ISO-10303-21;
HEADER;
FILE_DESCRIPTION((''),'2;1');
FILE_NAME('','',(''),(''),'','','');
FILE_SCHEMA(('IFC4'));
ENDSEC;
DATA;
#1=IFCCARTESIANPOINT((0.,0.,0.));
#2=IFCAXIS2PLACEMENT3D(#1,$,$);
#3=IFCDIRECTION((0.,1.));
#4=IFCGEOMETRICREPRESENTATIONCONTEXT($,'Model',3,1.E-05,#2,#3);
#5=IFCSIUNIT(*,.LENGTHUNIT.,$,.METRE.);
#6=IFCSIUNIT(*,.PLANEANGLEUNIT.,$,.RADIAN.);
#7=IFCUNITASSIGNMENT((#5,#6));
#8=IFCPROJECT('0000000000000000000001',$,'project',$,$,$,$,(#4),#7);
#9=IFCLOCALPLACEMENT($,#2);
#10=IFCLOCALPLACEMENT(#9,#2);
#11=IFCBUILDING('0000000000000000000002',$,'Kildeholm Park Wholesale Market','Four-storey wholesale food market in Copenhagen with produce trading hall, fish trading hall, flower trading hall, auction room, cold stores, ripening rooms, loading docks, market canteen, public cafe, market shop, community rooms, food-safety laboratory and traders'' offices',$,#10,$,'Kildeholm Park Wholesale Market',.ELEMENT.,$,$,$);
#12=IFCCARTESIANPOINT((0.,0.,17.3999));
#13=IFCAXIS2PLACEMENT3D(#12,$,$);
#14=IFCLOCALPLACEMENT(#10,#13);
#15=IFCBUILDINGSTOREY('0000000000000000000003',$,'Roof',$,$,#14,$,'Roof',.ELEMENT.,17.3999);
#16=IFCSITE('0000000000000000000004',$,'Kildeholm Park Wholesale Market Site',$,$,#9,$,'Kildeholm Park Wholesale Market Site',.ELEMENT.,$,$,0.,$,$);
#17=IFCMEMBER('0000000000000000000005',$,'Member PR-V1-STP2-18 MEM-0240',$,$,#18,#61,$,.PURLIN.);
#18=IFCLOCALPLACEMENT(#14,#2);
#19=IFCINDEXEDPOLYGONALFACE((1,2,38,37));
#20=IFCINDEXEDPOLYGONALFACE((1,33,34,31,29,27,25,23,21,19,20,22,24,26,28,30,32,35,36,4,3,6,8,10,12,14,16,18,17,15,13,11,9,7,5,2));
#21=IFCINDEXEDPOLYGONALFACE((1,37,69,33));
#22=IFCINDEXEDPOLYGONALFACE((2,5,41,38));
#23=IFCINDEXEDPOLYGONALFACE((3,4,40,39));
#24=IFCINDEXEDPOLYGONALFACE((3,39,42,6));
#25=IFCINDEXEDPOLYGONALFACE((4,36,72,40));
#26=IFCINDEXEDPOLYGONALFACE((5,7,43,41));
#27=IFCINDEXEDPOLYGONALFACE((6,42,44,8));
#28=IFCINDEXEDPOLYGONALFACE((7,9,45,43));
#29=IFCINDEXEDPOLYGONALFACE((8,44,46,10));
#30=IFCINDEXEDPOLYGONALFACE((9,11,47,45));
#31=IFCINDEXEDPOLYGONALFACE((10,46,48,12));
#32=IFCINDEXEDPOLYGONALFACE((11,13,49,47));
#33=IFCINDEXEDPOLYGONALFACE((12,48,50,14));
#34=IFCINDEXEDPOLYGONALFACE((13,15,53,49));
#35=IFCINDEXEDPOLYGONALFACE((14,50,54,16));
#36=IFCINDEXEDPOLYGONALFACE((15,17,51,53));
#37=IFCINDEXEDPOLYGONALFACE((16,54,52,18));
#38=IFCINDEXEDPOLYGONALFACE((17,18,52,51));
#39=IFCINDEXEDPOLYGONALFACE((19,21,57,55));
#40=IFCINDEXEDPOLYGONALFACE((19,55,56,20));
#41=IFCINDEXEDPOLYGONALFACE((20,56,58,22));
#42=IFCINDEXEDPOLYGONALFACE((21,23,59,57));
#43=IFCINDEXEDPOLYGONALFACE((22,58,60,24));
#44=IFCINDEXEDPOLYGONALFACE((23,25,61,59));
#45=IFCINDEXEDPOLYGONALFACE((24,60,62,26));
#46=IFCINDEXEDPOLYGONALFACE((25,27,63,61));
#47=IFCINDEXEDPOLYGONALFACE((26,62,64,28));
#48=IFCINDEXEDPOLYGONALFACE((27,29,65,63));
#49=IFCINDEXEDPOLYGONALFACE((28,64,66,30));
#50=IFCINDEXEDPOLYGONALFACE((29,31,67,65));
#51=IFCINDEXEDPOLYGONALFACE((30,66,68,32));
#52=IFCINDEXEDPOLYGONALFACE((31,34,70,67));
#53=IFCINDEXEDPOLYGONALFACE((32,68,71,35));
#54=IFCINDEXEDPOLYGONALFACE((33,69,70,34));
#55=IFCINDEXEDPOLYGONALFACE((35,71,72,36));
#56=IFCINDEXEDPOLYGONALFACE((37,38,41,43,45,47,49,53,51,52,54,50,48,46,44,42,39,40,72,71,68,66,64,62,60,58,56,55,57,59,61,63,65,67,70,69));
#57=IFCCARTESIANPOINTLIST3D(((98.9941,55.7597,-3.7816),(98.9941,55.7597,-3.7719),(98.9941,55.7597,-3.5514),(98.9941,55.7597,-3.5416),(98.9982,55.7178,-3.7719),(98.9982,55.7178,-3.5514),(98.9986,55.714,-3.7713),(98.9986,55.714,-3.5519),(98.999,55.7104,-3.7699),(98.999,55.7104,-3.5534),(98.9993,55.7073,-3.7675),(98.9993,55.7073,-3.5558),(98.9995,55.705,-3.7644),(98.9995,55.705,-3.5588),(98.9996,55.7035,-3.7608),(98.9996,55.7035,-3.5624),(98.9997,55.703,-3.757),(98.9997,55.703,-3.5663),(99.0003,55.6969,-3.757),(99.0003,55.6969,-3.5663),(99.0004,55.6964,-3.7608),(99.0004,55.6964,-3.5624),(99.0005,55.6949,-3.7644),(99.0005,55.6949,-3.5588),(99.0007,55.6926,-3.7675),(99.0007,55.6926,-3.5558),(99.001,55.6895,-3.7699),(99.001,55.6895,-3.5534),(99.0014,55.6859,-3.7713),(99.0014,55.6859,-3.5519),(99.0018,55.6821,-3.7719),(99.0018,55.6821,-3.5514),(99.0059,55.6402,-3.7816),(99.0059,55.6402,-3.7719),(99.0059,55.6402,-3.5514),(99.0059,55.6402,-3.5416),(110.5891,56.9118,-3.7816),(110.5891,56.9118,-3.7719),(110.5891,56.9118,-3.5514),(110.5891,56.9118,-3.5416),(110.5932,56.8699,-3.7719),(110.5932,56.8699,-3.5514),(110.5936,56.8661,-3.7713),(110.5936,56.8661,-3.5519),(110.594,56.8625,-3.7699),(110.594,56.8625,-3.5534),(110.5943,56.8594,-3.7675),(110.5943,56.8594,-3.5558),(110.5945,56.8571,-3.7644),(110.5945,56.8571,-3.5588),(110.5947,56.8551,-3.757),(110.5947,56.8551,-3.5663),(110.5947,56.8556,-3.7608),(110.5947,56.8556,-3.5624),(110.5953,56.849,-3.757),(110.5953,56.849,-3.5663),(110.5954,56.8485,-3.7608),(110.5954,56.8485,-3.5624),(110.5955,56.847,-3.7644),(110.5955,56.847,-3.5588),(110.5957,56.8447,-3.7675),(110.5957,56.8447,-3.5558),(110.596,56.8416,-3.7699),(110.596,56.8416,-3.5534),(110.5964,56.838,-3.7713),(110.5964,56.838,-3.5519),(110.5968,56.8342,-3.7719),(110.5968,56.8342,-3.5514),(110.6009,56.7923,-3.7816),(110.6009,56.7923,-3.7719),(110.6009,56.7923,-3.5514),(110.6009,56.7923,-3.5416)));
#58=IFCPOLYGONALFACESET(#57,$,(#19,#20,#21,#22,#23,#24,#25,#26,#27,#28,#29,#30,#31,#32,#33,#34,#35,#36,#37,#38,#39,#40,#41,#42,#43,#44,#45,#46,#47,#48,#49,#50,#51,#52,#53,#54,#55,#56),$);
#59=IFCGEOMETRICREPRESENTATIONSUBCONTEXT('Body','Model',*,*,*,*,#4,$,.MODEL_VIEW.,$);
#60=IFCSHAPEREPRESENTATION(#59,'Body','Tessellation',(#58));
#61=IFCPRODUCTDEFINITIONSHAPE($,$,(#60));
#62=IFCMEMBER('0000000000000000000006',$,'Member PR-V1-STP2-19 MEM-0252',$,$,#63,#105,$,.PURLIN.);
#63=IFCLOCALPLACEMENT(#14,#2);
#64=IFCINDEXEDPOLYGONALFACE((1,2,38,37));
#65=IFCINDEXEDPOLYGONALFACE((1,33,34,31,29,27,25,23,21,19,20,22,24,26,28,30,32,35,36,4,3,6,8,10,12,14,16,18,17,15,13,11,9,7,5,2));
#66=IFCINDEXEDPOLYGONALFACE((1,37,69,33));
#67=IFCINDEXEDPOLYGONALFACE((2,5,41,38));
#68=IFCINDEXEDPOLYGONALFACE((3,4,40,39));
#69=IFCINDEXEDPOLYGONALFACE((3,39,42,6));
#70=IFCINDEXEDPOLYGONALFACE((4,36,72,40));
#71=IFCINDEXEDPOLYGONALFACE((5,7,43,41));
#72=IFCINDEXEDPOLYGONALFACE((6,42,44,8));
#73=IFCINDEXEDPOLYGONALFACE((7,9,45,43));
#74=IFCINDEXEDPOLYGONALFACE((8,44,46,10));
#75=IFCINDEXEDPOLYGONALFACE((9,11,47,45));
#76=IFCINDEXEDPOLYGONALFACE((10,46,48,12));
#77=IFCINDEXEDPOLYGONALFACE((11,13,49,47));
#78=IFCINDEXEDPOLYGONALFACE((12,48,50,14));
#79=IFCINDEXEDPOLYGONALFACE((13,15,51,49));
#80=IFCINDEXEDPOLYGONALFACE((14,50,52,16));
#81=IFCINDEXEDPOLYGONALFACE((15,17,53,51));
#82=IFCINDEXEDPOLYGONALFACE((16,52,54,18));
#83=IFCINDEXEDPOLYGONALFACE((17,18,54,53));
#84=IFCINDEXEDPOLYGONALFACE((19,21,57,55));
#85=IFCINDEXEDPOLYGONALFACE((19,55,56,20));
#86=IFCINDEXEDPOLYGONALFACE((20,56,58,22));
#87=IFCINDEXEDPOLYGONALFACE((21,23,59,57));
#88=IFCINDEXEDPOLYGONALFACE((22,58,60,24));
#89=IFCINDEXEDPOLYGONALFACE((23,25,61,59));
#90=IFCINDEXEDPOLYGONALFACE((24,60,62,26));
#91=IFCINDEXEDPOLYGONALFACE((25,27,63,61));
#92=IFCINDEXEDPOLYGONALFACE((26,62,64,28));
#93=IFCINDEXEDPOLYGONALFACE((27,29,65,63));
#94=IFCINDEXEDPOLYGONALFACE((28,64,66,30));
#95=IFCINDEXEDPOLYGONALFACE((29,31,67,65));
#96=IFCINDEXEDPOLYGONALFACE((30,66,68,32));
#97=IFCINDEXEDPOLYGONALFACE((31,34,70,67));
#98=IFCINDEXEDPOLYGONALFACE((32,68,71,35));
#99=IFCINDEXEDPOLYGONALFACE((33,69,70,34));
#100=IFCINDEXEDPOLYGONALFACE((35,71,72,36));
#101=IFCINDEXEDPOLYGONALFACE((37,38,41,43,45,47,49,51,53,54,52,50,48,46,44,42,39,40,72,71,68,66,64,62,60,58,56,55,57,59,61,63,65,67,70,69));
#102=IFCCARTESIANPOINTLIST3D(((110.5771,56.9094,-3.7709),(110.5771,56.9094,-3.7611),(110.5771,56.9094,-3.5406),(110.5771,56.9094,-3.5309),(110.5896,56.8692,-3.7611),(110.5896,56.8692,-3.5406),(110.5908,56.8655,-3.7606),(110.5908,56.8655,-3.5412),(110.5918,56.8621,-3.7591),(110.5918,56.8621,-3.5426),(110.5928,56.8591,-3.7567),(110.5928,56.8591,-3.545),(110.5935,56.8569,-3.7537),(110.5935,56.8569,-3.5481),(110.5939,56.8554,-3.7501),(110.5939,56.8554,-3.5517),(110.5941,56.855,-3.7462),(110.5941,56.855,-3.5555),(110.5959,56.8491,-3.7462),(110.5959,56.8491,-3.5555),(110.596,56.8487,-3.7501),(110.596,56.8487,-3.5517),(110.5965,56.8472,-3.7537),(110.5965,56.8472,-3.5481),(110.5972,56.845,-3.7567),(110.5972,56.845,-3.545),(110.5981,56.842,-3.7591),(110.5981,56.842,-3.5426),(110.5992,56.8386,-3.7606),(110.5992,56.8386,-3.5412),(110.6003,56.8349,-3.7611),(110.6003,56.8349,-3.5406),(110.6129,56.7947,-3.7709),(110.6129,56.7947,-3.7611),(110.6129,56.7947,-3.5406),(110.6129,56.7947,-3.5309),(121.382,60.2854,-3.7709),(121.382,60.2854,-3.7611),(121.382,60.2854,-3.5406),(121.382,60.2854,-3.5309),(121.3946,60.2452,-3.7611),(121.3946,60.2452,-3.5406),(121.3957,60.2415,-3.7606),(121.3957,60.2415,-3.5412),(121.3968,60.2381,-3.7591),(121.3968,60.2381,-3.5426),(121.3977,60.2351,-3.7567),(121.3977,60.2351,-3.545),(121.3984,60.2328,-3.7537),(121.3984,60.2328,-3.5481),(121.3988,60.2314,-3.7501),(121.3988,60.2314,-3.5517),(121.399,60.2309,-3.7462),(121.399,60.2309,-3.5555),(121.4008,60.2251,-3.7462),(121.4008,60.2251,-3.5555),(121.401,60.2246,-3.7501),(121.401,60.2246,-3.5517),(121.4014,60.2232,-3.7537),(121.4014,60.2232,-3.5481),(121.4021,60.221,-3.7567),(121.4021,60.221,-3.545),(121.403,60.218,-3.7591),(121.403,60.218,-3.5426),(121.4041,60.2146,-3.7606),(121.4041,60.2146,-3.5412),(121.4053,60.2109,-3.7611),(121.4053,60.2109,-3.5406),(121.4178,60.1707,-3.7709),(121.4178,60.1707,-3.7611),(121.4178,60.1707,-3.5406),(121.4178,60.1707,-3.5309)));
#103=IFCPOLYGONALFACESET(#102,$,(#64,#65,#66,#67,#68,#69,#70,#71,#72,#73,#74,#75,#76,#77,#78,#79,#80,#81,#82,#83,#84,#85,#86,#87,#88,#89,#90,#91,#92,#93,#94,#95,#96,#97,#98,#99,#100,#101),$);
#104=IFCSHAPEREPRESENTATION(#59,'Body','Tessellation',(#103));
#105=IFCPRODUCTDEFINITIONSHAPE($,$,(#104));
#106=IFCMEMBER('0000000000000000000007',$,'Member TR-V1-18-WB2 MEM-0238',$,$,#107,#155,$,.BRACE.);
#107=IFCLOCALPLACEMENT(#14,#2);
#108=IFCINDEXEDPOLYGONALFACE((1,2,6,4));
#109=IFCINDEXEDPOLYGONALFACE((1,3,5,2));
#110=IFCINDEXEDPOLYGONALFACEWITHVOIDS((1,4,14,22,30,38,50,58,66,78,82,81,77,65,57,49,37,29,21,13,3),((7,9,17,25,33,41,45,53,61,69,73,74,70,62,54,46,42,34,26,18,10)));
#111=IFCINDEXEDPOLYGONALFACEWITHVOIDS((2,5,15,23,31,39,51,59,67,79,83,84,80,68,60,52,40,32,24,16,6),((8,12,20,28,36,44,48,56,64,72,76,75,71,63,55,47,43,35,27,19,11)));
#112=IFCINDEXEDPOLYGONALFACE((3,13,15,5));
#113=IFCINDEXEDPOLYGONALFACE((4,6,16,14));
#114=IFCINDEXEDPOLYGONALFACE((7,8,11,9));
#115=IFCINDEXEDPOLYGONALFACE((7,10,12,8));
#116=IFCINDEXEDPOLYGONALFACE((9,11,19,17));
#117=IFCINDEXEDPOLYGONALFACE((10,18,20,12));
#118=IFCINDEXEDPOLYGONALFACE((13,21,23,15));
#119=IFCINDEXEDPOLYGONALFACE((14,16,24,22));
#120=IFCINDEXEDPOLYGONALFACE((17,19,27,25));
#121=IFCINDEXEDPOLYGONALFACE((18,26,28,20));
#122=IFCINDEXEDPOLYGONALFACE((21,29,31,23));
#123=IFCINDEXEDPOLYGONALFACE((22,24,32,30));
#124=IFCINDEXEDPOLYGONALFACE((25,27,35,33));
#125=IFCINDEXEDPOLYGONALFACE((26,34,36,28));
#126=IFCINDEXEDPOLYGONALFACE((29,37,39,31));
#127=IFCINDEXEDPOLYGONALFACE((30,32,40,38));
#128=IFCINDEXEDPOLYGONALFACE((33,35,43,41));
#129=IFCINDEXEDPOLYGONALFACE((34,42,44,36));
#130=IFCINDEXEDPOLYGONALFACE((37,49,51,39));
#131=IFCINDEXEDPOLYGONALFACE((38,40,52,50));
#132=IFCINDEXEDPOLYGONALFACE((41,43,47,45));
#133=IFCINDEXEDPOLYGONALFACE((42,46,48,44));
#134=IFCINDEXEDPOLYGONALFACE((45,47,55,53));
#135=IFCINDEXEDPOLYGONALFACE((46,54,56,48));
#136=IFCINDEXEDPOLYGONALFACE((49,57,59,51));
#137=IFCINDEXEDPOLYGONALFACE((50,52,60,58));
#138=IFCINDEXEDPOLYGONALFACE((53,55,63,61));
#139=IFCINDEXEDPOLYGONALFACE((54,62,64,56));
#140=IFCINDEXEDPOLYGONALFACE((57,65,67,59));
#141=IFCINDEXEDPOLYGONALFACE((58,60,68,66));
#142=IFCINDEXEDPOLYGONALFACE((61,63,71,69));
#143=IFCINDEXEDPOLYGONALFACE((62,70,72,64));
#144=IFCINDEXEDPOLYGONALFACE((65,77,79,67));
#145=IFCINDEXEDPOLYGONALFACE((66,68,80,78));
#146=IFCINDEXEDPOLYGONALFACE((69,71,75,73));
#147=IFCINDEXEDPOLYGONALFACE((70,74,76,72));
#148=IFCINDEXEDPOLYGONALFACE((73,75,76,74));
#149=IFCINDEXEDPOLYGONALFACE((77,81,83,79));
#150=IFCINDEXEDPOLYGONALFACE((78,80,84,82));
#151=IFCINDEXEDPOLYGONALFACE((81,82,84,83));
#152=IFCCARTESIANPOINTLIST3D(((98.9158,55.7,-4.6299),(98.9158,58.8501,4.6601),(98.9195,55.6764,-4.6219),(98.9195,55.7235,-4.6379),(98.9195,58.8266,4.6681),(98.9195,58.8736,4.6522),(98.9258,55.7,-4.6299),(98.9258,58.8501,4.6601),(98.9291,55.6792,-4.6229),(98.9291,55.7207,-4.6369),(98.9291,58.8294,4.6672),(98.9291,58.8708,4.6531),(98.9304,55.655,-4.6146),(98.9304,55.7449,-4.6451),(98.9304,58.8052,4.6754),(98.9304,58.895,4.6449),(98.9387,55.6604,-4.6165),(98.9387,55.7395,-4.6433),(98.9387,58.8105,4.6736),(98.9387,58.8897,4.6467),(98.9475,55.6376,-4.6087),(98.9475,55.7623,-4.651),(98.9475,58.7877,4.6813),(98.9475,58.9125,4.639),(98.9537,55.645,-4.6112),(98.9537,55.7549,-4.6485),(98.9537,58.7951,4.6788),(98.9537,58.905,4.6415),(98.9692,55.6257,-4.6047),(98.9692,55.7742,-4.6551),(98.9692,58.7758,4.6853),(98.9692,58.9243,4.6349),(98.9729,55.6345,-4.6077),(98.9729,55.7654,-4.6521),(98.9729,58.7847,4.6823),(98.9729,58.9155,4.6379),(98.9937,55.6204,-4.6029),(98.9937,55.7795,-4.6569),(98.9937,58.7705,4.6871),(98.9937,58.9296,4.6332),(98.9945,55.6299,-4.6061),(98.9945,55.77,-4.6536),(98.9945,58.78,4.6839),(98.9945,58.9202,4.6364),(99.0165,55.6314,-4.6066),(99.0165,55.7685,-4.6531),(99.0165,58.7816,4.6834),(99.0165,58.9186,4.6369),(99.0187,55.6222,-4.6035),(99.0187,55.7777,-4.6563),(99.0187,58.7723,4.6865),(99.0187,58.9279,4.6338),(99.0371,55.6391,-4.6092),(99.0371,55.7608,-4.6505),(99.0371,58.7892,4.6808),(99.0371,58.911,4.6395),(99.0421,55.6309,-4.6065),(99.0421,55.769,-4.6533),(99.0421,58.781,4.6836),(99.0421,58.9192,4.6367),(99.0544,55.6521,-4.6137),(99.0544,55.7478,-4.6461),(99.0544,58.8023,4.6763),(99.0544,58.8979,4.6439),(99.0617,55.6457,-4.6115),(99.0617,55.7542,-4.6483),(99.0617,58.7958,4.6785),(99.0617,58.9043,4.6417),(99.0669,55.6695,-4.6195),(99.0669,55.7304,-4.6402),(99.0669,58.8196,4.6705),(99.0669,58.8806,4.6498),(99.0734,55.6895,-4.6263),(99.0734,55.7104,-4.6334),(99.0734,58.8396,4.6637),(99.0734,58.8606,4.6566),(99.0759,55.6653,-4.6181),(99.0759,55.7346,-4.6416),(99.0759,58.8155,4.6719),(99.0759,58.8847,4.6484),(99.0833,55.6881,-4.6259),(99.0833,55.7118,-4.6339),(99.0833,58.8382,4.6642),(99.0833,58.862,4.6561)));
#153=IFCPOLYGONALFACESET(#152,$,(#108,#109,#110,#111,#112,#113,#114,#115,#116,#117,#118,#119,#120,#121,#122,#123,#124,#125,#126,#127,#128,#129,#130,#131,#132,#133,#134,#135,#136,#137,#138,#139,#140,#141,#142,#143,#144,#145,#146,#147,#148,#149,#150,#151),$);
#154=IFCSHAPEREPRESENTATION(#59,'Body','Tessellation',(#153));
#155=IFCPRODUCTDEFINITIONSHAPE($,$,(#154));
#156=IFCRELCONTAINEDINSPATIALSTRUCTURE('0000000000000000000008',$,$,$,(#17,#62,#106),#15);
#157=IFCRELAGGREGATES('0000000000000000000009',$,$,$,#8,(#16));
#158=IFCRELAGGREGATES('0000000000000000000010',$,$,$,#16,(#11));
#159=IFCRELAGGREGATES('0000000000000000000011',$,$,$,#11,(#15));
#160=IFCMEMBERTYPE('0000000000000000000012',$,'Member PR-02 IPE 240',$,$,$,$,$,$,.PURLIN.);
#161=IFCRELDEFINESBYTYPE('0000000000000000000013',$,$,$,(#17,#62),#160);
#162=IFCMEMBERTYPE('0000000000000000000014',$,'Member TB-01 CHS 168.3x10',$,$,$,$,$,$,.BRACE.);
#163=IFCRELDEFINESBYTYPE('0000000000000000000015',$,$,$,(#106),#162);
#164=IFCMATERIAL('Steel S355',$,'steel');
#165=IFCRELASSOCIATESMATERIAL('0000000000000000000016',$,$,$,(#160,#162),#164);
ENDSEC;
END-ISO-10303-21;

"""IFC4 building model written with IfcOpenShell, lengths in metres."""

from ifc_helpers import new_model, si_unit, direction, frame, origin, origin_2d, place, context, subcontext, project, spatial, hollow_circle, i_section, extrude, material, material_profile, profile_set, type_object, element, save


model = new_model("IFC4")

# Units and contexts
model_context = context("Model", 3, precision=1e-05, world=origin(), true_north=direction((0.0, 1.0)))
body_context = subcontext(model_context, "Body", "Model", "MODEL_VIEW")
ifc_project = project(units=[si_unit("LENGTHUNIT", "METRE"), si_unit("PLANEANGLEUNIT", "RADIAN")], contexts=[model_context])

# Site, building, storey
site_placement = place(None, origin())
site = spatial("IfcSite", under=ifc_project, at=site_placement, Name="Kildeholm Park Wholesale Market Site", LongName="Kildeholm Park Wholesale Market Site", CompositionType="ELEMENT", RefElevation=0.0)
building_placement = place(site_placement, origin())
building = spatial("IfcBuilding", under=site, at=building_placement, Name="Kildeholm Park Wholesale Market", Description="Four-storey wholesale food market in Copenhagen with produce trading hall, fish trading hall, flower trading hall, auction room, cold stores, ripening rooms, loading docks, market canteen, public cafe, market shop, community rooms, food-safety laboratory and traders' offices", LongName="Kildeholm Park Wholesale Market", CompositionType="ELEMENT")
storey_placement = place(building_placement, frame((0.0, 0.0, 17.3999)))
storey = spatial("IfcBuildingStorey", under=building, at=storey_placement, Name="Roof", LongName="Roof", CompositionType="ELEMENT", Elevation=17.3999)

# Shared definitions
ifc_material_1 = material(Name="Steel S355", Category="steel")

# Members
ifc_material_profile_1 = material_profile(ifc_material_1, i_section(OverallWidth=0.1201, OverallDepth=0.24, WebThickness=0.0061, FlangeThickness=0.0098, FilletRadius=0.0149, at=origin_2d()), Name="IPE 240")
ifc_profile_set_1 = profile_set([ifc_material_profile_1], Name="Steel S355")
member_type_1 = type_object("IfcMemberType", Name="Member PR-02 IPE 240", PredefinedType="PURLIN", material=ifc_profile_set_1)
member_1_placement = place(storey_placement, frame((99.0, 55.7, -3.6616), z_axis=(0.9951, 0.098875, 0.0), x_axis=(-0.098875, 0.9951, 0.0)))
element("IfcMember", 1, at=member_1_placement, inside=storey, type_object=member_type_1, Name="Member PR-V1-STP2-18 MEM-0240", PredefinedType="PURLIN", context=body_context, shape_type="SweptSolid", body=[
    extrude(i_section(OverallWidth=0.1201, OverallDepth=0.24, WebThickness=0.0061, FlangeThickness=0.0098, FilletRadius=0.0149, at=origin_2d()), origin(), (0.0, 0.0, 1.0), 11.6521),
])
member_2_placement = place(storey_placement, frame((110.595, 56.8521, -3.6509), z_axis=(0.954494, 0.29823, 0.0), x_axis=(-0.29823, 0.954494, 0.0)))
element("IfcMember", 2, at=member_2_placement, inside=storey, type_object=member_type_1, Name="Member PR-V1-STP2-19 MEM-0252", PredefinedType="PURLIN", context=body_context, shape_type="SweptSolid", body=[
    extrude(i_section(OverallWidth=0.1201, OverallDepth=0.24, WebThickness=0.0061, FlangeThickness=0.0098, FilletRadius=0.0149, at=origin_2d()), origin(), (0.0, 0.0, 1.0), 11.3201),
])
ifc_material_profile_2 = material_profile(ifc_material_1, hollow_circle(Radius=0.0842, WallThickness=0.01, at=origin_2d()), Name="CHS 168.3x10")
ifc_profile_set_2 = profile_set([ifc_material_profile_2], Name="Steel S355")
member_type_2 = type_object("IfcMemberType", Name="Member TB-01 CHS 168.3x10", PredefinedType="BRACE", material=ifc_profile_set_2)
member_3_placement = place(storey_placement, frame((99.0, 55.7, -4.6299), z_axis=(0.0, 0.321129, 0.947035), x_axis=(-1.0, 0.0, 0.0)))
element("IfcMember", 3, at=member_3_placement, inside=storey, type_object=member_type_2, Name="Member TR-V1-18-WB2 MEM-0238", PredefinedType="BRACE", context=body_context, shape_type="SweptSolid", body=[
    extrude(hollow_circle(Radius=0.0842, WallThickness=0.01, at=origin_2d()), origin(), (0.0, 0.0, 1.0), 9.8096),
])

save(model, "model.ifc")
